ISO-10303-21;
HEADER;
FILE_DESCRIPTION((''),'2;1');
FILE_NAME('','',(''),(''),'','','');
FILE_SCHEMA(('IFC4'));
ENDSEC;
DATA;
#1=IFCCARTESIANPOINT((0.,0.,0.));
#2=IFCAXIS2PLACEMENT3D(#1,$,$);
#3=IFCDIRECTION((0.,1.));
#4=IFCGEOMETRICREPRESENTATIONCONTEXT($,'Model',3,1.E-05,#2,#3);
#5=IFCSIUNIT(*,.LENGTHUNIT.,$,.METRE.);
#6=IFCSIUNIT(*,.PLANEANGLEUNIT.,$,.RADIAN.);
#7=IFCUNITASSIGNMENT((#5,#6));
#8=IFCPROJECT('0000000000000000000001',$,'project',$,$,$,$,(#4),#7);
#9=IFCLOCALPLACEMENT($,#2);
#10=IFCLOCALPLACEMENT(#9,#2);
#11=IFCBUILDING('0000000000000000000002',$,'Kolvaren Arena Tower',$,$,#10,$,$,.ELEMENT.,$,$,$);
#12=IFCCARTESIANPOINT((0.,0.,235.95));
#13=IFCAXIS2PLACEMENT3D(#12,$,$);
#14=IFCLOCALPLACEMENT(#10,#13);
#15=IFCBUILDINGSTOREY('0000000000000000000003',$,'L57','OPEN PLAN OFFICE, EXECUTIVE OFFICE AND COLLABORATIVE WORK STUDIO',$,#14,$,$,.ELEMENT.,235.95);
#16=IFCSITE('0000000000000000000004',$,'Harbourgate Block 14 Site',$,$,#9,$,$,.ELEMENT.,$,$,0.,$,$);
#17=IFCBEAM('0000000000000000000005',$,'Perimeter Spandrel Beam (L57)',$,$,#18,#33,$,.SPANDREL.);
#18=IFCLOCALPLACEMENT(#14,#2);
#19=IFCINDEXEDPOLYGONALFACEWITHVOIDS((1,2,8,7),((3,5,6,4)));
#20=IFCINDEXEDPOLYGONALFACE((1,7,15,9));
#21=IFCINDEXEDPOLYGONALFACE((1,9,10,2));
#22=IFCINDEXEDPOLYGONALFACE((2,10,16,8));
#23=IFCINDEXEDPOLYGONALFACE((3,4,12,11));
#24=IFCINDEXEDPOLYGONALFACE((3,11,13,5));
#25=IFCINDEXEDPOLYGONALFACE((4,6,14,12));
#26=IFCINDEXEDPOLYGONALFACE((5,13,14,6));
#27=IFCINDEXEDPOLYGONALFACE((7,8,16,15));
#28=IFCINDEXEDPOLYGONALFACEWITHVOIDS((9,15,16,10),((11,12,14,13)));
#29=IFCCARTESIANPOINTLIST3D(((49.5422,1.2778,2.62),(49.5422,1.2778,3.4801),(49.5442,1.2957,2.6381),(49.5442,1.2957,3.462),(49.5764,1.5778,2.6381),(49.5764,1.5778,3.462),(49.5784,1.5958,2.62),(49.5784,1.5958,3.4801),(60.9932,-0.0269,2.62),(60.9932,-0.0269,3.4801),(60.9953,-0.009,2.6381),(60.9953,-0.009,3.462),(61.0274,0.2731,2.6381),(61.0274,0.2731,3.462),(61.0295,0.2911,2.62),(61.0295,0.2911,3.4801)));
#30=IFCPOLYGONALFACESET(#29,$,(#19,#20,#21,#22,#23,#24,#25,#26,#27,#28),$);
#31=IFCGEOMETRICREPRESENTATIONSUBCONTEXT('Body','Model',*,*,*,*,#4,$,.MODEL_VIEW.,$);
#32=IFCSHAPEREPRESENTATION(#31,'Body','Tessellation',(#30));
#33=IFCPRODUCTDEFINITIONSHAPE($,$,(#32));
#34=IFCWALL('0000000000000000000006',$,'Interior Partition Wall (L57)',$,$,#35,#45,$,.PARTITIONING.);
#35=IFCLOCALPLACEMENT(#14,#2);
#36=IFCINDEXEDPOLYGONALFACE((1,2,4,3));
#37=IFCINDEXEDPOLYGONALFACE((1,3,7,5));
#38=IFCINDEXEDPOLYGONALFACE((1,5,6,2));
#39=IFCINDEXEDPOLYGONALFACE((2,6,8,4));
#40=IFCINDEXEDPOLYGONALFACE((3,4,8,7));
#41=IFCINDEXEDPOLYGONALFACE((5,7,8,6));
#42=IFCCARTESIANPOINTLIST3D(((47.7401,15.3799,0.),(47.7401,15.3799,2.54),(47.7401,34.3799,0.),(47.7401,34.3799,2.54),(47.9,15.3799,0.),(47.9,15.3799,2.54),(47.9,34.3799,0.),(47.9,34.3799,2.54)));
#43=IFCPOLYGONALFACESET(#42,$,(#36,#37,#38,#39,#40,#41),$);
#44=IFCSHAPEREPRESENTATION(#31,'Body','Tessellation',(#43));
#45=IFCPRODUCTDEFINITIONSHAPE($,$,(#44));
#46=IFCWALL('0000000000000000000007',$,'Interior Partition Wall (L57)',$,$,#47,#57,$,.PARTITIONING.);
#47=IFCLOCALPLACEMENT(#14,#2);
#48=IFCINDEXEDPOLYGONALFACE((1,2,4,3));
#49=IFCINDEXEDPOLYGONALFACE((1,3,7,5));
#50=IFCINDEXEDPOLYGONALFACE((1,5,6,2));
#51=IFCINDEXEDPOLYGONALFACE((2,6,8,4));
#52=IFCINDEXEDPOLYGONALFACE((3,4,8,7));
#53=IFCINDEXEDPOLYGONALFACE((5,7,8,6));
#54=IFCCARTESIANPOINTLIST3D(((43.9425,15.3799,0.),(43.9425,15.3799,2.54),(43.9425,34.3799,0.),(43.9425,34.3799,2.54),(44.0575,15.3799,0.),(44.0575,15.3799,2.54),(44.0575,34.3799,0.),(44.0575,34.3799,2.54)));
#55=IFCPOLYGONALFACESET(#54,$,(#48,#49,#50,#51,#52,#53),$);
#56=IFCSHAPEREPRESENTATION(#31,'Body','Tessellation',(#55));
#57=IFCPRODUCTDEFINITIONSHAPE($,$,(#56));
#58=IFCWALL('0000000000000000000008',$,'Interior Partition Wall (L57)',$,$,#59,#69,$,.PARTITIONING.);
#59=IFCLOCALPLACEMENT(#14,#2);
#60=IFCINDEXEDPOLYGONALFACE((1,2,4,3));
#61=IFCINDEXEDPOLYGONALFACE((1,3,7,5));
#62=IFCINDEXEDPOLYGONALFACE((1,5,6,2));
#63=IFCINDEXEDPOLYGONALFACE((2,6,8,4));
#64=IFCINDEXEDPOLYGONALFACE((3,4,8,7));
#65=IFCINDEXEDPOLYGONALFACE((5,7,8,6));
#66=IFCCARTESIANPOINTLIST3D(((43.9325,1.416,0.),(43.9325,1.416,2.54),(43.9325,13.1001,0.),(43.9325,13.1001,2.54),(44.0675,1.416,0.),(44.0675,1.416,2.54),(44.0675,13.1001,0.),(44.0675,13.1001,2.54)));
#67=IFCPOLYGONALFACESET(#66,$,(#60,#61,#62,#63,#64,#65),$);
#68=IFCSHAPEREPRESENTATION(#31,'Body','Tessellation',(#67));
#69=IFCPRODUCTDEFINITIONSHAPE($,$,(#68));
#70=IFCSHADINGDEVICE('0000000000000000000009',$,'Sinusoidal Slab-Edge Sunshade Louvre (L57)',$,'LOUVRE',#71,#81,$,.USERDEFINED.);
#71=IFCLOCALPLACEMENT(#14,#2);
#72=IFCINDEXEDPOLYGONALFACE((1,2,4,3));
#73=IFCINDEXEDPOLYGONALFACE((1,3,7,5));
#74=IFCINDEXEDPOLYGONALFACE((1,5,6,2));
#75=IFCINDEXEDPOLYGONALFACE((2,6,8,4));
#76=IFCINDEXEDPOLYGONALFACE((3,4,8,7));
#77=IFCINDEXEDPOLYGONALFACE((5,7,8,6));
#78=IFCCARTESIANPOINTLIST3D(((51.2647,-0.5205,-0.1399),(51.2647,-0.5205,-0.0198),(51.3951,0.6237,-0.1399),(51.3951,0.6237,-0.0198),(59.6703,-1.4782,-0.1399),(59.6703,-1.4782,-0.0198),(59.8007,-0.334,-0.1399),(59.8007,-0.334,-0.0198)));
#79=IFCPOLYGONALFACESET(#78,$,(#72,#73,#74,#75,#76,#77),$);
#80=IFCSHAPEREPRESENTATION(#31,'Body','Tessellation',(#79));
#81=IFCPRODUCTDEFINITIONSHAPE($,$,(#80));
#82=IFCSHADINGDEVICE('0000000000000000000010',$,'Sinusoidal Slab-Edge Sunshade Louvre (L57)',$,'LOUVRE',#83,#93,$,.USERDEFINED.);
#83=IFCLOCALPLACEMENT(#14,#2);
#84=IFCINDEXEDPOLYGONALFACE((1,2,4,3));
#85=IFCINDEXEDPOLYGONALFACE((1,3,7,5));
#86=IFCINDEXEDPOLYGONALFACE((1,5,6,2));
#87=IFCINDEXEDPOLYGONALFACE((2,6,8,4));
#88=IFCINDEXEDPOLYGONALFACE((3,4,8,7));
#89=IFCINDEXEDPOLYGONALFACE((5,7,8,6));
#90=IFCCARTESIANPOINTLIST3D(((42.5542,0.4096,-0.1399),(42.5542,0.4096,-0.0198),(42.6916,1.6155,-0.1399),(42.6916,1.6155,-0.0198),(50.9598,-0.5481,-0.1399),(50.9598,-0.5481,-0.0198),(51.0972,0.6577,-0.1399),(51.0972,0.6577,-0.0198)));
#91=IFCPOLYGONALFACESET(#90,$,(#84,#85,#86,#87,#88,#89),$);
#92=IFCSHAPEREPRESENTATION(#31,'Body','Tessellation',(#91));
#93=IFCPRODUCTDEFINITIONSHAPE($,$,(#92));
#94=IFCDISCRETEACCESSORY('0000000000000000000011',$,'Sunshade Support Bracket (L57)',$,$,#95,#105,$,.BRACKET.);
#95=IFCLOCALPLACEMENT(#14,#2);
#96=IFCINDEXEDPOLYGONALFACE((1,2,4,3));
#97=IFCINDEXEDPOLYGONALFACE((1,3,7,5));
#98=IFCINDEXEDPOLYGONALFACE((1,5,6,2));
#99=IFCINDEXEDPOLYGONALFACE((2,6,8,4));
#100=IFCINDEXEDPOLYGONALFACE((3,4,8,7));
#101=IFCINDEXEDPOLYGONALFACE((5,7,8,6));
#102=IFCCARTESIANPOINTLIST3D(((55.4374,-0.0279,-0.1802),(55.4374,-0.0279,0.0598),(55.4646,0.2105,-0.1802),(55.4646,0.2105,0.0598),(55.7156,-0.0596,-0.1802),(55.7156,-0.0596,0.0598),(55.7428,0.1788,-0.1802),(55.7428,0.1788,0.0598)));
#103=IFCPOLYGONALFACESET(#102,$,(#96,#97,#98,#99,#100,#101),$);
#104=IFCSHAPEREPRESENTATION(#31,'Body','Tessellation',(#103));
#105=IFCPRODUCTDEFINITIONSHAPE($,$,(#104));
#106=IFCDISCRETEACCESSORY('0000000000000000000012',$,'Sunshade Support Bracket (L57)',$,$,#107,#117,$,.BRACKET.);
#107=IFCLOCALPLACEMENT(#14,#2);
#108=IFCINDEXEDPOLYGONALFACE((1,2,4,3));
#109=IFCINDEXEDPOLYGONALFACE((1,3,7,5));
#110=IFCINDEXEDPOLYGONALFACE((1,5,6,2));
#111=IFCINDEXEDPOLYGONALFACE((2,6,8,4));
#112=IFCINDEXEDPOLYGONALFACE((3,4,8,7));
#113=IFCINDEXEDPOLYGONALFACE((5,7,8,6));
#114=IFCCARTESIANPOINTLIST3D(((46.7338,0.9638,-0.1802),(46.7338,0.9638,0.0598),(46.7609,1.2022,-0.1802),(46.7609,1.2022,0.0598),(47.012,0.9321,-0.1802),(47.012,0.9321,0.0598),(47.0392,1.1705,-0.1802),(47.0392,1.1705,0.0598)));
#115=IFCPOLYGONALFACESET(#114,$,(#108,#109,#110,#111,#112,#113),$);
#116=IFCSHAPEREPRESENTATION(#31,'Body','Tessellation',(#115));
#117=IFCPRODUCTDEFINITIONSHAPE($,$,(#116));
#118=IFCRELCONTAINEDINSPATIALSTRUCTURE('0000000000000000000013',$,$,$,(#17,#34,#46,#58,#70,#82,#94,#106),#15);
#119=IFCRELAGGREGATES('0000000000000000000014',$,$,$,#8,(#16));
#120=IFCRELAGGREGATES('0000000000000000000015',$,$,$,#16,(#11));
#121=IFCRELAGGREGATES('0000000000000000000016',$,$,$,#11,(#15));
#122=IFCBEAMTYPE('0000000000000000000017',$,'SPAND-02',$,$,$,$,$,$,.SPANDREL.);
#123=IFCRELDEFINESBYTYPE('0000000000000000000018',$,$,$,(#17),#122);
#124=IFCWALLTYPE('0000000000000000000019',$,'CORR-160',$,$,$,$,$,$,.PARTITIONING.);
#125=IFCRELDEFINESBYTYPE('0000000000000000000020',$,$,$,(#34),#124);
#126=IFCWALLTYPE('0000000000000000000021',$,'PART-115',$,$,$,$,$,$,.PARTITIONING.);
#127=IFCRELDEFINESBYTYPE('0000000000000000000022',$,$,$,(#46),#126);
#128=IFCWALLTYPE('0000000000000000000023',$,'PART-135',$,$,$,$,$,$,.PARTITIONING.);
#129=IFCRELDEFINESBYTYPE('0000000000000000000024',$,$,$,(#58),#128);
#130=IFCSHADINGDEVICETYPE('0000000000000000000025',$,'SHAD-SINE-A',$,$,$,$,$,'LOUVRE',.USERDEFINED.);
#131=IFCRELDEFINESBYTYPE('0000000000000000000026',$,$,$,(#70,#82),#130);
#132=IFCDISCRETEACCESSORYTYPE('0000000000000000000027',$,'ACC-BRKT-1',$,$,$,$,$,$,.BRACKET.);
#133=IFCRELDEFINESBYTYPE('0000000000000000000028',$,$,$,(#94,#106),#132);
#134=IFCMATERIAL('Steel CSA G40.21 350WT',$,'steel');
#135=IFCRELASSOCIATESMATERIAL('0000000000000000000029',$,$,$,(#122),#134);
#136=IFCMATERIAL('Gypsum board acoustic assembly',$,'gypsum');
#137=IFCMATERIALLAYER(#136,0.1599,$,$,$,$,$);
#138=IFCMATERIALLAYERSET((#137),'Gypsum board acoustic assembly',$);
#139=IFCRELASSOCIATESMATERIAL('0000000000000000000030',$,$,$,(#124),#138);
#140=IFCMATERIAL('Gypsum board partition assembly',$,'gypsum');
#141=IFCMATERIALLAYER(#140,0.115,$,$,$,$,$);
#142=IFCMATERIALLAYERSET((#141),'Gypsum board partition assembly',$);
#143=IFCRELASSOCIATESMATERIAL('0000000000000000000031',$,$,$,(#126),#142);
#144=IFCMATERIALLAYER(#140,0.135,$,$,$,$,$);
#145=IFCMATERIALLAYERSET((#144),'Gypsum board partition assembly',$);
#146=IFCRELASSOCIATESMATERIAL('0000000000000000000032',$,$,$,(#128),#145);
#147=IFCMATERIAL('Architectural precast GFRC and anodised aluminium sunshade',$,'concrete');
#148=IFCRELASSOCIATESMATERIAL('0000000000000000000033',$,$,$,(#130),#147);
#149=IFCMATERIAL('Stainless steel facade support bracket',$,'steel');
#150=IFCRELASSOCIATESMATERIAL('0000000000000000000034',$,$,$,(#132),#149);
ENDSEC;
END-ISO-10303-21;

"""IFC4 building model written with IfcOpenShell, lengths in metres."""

from ifc_helpers import new_model, si_unit, direction, frame, frame_2d, origin, origin_2d, place, context, subcontext, project, spatial, rectangle, hollow_rectangle, extrude, material, layer, layer_set, material_profile, profile_set, type_object, element, save


model = new_model("IFC4")

# Units and contexts
model_context = context("Model", 3, precision=1e-05, world=origin(), true_north=direction((0.0, 1.0)))
body_context = subcontext(model_context, "Body", "Model", "MODEL_VIEW")
ifc_project = project(units=[si_unit("LENGTHUNIT", "METRE"), si_unit("PLANEANGLEUNIT", "RADIAN")], contexts=[model_context])

# Site, building, storey
site_placement = place(None, origin())
site = spatial("IfcSite", under=ifc_project, at=site_placement, Name="Harbourgate Block 14 Site", CompositionType="ELEMENT", RefElevation=0.0)
building_placement = place(site_placement, origin())
building = spatial("IfcBuilding", under=site, at=building_placement, Name="Kolvaren Arena Tower", CompositionType="ELEMENT")
storey_placement = place(building_placement, frame((0.0, 0.0, 235.95)))
storey = spatial("IfcBuildingStorey", under=building, at=storey_placement, Name="L57", Description="OPEN PLAN OFFICE, EXECUTIVE OFFICE AND COLLABORATIVE WORK STUDIO", CompositionType="ELEMENT", Elevation=235.95)

# Beam
ifc_material_1 = material(Name="Steel CSA G40.21 350WT", Category="steel")
ifc_material_profile_1 = material_profile(ifc_material_1, hollow_rectangle(XDim=0.3201, YDim=0.8601, WallThickness=0.0181, at=origin_2d()), Name="HSS 860x320x18")
ifc_profile_set_1 = profile_set([ifc_material_profile_1], Name="Steel CSA G40.21 350WT")
beam_type_1 = type_object("IfcBeamType", Name="SPAND-02", PredefinedType="SPANDREL", material=ifc_profile_set_1)
beam_1_placement = place(storey_placement, frame((49.5603, 1.4368, 3.05), z_axis=(0.993572, -0.113202, 0.0), x_axis=(0.113202, 0.993572, 0.0)))
element("IfcBeam", 1, at=beam_1_placement, inside=storey, type_object=beam_type_1, Name="Perimeter Spandrel Beam (L57)", PredefinedType="SPANDREL", context=body_context, shape_type="SweptSolid", body=[
    extrude(hollow_rectangle(XDim=0.3201, YDim=0.8601, WallThickness=0.0181, at=origin_2d()), origin(), (0.0, 0.0, 1.0), 11.5251),
])

# Walls
ifc_material_2 = material(Name="Gypsum board acoustic assembly", Category="gypsum")
ifc_layer_1 = layer(ifc_material_2, 0.1599)
ifc_layer_set_1 = layer_set([ifc_layer_1], Name="Gypsum board acoustic assembly")
wall_type_1 = type_object("IfcWallType", Name="CORR-160", PredefinedType="PARTITIONING", material=ifc_layer_set_1)
wall_1_placement = place(storey_placement, frame((47.8201, 15.3799, 0.0), z_axis=(0.0, 0.0, 1.0), x_axis=(0.0, 1.0, 0.0)))
element("IfcWall", 2, at=wall_1_placement, inside=storey, type_object=wall_type_1, Name="Interior Partition Wall (L57)", PredefinedType="PARTITIONING", context=body_context, shape_type="SweptSolid", body=[
    extrude(rectangle(XDim=19.0, YDim=0.1599, at=frame_2d((9.5, 0.0))), origin(), (0.0, 0.0, 1.0), 2.54),
])
ifc_material_3 = material(Name="Gypsum board partition assembly", Category="gypsum")
ifc_layer_2 = layer(ifc_material_3, 0.115)
ifc_layer_set_2 = layer_set([ifc_layer_2], Name="Gypsum board partition assembly")
wall_type_2 = type_object("IfcWallType", Name="PART-115", PredefinedType="PARTITIONING", material=ifc_layer_set_2)
wall_2_placement = place(storey_placement, frame((44.0, 15.3799, 0.0), z_axis=(0.0, 0.0, 1.0), x_axis=(0.0, 1.0, 0.0)))
element("IfcWall", 3, at=wall_2_placement, inside=storey, type_object=wall_type_2, Name="Interior Partition Wall (L57)", PredefinedType="PARTITIONING", context=body_context, shape_type="SweptSolid", body=[
    extrude(rectangle(XDim=19.0, YDim=0.115, at=frame_2d((9.5, 0.0))), origin(), (0.0, 0.0, 1.0), 2.54),
])
ifc_layer_3 = layer(ifc_material_3, 0.135)
ifc_layer_set_3 = layer_set([ifc_layer_3], Name="Gypsum board partition assembly")
wall_type_3 = type_object("IfcWallType", Name="PART-135", PredefinedType="PARTITIONING", material=ifc_layer_set_3)
wall_3_placement = place(storey_placement, frame((44.0, 1.416, 0.0), z_axis=(0.0, 0.0, 1.0), x_axis=(0.0, 1.0, 0.0)))
element("IfcWall", 4, at=wall_3_placement, inside=storey, type_object=wall_type_3, Name="Interior Partition Wall (L57)", PredefinedType="PARTITIONING", context=body_context, shape_type="SweptSolid", body=[
    extrude(rectangle(XDim=11.6841, YDim=0.135, at=frame_2d((5.842, 0.0))), origin(), (0.0, 0.0, 1.0), 2.54),
])

# Shading devices
ifc_material_4 = material(Name="Architectural precast GFRC and anodised aluminium sunshade", Category="concrete")
shading_device_type = type_object("IfcShadingDeviceType", Name="SHAD-SINE-A", ElementType="LOUVRE", PredefinedType="USERDEFINED", material=ifc_material_4)
shading_device_1_placement = place(storey_placement, frame((55.5327, -0.4272, -0.1399), z_axis=(0.0, 0.0, 1.0), x_axis=(-0.993572, 0.113205, 0.0)))
element("IfcShadingDevice", 5, at=shading_device_1_placement, inside=storey, type_object=shading_device_type, Name="Sinusoidal Slab-Edge Sunshade Louvre (L57)", ObjectType="LOUVRE", PredefinedType="USERDEFINED", context=body_context, shape_type="SweptSolid", body=[
    extrude(rectangle(XDim=8.46, YDim=1.1516, at=origin_2d()), origin(), (0.0, 0.0, 1.0), 0.1201),
])
shading_device_2_placement = place(storey_placement, frame((46.8257, 0.5337, -0.1399), z_axis=(0.0, 0.0, 1.0), x_axis=(-0.993572, 0.113205, 0.0)))
element("IfcShadingDevice", 6, at=shading_device_2_placement, inside=storey, type_object=shading_device_type, Name="Sinusoidal Slab-Edge Sunshade Louvre (L57)", ObjectType="LOUVRE", PredefinedType="USERDEFINED", context=body_context, shape_type="SweptSolid", body=[
    extrude(rectangle(XDim=8.46, YDim=1.2136, at=origin_2d()), origin(), (0.0, 0.0, 1.0), 0.1201),
])

# Discrete accessories
ifc_material_5 = material(Name="Stainless steel facade support bracket", Category="steel")
discrete_accessory_type = type_object("IfcDiscreteAccessoryType", Name="ACC-BRKT-1", PredefinedType="BRACKET", material=ifc_material_5)
for number, where, z_axis, x_axis, name in (
    (7, (55.5901, 0.0754, -0.1802), (0.0, 0.0, 1.0), (-0.993572, 0.113205, 0.0), "Sunshade Support Bracket (L57)"),
    (8, (46.8865, 1.0671, -0.1802), (0.0, 0.0, 1.0), (-0.993572, 0.113205, 0.0), "Sunshade Support Bracket (L57)"),
):
    element("IfcDiscreteAccessory", number, at=place(storey_placement, frame(where, z_axis=z_axis, x_axis=x_axis)), inside=storey, type_object=discrete_accessory_type, Name=name, PredefinedType="BRACKET", context=body_context, shape_type="SweptSolid", body=[
        extrude(rectangle(XDim=0.28, YDim=0.24, at=origin_2d()), origin(), (0.0, 0.0, 1.0), 0.24),
    ])

save(model, "model.ifc")
